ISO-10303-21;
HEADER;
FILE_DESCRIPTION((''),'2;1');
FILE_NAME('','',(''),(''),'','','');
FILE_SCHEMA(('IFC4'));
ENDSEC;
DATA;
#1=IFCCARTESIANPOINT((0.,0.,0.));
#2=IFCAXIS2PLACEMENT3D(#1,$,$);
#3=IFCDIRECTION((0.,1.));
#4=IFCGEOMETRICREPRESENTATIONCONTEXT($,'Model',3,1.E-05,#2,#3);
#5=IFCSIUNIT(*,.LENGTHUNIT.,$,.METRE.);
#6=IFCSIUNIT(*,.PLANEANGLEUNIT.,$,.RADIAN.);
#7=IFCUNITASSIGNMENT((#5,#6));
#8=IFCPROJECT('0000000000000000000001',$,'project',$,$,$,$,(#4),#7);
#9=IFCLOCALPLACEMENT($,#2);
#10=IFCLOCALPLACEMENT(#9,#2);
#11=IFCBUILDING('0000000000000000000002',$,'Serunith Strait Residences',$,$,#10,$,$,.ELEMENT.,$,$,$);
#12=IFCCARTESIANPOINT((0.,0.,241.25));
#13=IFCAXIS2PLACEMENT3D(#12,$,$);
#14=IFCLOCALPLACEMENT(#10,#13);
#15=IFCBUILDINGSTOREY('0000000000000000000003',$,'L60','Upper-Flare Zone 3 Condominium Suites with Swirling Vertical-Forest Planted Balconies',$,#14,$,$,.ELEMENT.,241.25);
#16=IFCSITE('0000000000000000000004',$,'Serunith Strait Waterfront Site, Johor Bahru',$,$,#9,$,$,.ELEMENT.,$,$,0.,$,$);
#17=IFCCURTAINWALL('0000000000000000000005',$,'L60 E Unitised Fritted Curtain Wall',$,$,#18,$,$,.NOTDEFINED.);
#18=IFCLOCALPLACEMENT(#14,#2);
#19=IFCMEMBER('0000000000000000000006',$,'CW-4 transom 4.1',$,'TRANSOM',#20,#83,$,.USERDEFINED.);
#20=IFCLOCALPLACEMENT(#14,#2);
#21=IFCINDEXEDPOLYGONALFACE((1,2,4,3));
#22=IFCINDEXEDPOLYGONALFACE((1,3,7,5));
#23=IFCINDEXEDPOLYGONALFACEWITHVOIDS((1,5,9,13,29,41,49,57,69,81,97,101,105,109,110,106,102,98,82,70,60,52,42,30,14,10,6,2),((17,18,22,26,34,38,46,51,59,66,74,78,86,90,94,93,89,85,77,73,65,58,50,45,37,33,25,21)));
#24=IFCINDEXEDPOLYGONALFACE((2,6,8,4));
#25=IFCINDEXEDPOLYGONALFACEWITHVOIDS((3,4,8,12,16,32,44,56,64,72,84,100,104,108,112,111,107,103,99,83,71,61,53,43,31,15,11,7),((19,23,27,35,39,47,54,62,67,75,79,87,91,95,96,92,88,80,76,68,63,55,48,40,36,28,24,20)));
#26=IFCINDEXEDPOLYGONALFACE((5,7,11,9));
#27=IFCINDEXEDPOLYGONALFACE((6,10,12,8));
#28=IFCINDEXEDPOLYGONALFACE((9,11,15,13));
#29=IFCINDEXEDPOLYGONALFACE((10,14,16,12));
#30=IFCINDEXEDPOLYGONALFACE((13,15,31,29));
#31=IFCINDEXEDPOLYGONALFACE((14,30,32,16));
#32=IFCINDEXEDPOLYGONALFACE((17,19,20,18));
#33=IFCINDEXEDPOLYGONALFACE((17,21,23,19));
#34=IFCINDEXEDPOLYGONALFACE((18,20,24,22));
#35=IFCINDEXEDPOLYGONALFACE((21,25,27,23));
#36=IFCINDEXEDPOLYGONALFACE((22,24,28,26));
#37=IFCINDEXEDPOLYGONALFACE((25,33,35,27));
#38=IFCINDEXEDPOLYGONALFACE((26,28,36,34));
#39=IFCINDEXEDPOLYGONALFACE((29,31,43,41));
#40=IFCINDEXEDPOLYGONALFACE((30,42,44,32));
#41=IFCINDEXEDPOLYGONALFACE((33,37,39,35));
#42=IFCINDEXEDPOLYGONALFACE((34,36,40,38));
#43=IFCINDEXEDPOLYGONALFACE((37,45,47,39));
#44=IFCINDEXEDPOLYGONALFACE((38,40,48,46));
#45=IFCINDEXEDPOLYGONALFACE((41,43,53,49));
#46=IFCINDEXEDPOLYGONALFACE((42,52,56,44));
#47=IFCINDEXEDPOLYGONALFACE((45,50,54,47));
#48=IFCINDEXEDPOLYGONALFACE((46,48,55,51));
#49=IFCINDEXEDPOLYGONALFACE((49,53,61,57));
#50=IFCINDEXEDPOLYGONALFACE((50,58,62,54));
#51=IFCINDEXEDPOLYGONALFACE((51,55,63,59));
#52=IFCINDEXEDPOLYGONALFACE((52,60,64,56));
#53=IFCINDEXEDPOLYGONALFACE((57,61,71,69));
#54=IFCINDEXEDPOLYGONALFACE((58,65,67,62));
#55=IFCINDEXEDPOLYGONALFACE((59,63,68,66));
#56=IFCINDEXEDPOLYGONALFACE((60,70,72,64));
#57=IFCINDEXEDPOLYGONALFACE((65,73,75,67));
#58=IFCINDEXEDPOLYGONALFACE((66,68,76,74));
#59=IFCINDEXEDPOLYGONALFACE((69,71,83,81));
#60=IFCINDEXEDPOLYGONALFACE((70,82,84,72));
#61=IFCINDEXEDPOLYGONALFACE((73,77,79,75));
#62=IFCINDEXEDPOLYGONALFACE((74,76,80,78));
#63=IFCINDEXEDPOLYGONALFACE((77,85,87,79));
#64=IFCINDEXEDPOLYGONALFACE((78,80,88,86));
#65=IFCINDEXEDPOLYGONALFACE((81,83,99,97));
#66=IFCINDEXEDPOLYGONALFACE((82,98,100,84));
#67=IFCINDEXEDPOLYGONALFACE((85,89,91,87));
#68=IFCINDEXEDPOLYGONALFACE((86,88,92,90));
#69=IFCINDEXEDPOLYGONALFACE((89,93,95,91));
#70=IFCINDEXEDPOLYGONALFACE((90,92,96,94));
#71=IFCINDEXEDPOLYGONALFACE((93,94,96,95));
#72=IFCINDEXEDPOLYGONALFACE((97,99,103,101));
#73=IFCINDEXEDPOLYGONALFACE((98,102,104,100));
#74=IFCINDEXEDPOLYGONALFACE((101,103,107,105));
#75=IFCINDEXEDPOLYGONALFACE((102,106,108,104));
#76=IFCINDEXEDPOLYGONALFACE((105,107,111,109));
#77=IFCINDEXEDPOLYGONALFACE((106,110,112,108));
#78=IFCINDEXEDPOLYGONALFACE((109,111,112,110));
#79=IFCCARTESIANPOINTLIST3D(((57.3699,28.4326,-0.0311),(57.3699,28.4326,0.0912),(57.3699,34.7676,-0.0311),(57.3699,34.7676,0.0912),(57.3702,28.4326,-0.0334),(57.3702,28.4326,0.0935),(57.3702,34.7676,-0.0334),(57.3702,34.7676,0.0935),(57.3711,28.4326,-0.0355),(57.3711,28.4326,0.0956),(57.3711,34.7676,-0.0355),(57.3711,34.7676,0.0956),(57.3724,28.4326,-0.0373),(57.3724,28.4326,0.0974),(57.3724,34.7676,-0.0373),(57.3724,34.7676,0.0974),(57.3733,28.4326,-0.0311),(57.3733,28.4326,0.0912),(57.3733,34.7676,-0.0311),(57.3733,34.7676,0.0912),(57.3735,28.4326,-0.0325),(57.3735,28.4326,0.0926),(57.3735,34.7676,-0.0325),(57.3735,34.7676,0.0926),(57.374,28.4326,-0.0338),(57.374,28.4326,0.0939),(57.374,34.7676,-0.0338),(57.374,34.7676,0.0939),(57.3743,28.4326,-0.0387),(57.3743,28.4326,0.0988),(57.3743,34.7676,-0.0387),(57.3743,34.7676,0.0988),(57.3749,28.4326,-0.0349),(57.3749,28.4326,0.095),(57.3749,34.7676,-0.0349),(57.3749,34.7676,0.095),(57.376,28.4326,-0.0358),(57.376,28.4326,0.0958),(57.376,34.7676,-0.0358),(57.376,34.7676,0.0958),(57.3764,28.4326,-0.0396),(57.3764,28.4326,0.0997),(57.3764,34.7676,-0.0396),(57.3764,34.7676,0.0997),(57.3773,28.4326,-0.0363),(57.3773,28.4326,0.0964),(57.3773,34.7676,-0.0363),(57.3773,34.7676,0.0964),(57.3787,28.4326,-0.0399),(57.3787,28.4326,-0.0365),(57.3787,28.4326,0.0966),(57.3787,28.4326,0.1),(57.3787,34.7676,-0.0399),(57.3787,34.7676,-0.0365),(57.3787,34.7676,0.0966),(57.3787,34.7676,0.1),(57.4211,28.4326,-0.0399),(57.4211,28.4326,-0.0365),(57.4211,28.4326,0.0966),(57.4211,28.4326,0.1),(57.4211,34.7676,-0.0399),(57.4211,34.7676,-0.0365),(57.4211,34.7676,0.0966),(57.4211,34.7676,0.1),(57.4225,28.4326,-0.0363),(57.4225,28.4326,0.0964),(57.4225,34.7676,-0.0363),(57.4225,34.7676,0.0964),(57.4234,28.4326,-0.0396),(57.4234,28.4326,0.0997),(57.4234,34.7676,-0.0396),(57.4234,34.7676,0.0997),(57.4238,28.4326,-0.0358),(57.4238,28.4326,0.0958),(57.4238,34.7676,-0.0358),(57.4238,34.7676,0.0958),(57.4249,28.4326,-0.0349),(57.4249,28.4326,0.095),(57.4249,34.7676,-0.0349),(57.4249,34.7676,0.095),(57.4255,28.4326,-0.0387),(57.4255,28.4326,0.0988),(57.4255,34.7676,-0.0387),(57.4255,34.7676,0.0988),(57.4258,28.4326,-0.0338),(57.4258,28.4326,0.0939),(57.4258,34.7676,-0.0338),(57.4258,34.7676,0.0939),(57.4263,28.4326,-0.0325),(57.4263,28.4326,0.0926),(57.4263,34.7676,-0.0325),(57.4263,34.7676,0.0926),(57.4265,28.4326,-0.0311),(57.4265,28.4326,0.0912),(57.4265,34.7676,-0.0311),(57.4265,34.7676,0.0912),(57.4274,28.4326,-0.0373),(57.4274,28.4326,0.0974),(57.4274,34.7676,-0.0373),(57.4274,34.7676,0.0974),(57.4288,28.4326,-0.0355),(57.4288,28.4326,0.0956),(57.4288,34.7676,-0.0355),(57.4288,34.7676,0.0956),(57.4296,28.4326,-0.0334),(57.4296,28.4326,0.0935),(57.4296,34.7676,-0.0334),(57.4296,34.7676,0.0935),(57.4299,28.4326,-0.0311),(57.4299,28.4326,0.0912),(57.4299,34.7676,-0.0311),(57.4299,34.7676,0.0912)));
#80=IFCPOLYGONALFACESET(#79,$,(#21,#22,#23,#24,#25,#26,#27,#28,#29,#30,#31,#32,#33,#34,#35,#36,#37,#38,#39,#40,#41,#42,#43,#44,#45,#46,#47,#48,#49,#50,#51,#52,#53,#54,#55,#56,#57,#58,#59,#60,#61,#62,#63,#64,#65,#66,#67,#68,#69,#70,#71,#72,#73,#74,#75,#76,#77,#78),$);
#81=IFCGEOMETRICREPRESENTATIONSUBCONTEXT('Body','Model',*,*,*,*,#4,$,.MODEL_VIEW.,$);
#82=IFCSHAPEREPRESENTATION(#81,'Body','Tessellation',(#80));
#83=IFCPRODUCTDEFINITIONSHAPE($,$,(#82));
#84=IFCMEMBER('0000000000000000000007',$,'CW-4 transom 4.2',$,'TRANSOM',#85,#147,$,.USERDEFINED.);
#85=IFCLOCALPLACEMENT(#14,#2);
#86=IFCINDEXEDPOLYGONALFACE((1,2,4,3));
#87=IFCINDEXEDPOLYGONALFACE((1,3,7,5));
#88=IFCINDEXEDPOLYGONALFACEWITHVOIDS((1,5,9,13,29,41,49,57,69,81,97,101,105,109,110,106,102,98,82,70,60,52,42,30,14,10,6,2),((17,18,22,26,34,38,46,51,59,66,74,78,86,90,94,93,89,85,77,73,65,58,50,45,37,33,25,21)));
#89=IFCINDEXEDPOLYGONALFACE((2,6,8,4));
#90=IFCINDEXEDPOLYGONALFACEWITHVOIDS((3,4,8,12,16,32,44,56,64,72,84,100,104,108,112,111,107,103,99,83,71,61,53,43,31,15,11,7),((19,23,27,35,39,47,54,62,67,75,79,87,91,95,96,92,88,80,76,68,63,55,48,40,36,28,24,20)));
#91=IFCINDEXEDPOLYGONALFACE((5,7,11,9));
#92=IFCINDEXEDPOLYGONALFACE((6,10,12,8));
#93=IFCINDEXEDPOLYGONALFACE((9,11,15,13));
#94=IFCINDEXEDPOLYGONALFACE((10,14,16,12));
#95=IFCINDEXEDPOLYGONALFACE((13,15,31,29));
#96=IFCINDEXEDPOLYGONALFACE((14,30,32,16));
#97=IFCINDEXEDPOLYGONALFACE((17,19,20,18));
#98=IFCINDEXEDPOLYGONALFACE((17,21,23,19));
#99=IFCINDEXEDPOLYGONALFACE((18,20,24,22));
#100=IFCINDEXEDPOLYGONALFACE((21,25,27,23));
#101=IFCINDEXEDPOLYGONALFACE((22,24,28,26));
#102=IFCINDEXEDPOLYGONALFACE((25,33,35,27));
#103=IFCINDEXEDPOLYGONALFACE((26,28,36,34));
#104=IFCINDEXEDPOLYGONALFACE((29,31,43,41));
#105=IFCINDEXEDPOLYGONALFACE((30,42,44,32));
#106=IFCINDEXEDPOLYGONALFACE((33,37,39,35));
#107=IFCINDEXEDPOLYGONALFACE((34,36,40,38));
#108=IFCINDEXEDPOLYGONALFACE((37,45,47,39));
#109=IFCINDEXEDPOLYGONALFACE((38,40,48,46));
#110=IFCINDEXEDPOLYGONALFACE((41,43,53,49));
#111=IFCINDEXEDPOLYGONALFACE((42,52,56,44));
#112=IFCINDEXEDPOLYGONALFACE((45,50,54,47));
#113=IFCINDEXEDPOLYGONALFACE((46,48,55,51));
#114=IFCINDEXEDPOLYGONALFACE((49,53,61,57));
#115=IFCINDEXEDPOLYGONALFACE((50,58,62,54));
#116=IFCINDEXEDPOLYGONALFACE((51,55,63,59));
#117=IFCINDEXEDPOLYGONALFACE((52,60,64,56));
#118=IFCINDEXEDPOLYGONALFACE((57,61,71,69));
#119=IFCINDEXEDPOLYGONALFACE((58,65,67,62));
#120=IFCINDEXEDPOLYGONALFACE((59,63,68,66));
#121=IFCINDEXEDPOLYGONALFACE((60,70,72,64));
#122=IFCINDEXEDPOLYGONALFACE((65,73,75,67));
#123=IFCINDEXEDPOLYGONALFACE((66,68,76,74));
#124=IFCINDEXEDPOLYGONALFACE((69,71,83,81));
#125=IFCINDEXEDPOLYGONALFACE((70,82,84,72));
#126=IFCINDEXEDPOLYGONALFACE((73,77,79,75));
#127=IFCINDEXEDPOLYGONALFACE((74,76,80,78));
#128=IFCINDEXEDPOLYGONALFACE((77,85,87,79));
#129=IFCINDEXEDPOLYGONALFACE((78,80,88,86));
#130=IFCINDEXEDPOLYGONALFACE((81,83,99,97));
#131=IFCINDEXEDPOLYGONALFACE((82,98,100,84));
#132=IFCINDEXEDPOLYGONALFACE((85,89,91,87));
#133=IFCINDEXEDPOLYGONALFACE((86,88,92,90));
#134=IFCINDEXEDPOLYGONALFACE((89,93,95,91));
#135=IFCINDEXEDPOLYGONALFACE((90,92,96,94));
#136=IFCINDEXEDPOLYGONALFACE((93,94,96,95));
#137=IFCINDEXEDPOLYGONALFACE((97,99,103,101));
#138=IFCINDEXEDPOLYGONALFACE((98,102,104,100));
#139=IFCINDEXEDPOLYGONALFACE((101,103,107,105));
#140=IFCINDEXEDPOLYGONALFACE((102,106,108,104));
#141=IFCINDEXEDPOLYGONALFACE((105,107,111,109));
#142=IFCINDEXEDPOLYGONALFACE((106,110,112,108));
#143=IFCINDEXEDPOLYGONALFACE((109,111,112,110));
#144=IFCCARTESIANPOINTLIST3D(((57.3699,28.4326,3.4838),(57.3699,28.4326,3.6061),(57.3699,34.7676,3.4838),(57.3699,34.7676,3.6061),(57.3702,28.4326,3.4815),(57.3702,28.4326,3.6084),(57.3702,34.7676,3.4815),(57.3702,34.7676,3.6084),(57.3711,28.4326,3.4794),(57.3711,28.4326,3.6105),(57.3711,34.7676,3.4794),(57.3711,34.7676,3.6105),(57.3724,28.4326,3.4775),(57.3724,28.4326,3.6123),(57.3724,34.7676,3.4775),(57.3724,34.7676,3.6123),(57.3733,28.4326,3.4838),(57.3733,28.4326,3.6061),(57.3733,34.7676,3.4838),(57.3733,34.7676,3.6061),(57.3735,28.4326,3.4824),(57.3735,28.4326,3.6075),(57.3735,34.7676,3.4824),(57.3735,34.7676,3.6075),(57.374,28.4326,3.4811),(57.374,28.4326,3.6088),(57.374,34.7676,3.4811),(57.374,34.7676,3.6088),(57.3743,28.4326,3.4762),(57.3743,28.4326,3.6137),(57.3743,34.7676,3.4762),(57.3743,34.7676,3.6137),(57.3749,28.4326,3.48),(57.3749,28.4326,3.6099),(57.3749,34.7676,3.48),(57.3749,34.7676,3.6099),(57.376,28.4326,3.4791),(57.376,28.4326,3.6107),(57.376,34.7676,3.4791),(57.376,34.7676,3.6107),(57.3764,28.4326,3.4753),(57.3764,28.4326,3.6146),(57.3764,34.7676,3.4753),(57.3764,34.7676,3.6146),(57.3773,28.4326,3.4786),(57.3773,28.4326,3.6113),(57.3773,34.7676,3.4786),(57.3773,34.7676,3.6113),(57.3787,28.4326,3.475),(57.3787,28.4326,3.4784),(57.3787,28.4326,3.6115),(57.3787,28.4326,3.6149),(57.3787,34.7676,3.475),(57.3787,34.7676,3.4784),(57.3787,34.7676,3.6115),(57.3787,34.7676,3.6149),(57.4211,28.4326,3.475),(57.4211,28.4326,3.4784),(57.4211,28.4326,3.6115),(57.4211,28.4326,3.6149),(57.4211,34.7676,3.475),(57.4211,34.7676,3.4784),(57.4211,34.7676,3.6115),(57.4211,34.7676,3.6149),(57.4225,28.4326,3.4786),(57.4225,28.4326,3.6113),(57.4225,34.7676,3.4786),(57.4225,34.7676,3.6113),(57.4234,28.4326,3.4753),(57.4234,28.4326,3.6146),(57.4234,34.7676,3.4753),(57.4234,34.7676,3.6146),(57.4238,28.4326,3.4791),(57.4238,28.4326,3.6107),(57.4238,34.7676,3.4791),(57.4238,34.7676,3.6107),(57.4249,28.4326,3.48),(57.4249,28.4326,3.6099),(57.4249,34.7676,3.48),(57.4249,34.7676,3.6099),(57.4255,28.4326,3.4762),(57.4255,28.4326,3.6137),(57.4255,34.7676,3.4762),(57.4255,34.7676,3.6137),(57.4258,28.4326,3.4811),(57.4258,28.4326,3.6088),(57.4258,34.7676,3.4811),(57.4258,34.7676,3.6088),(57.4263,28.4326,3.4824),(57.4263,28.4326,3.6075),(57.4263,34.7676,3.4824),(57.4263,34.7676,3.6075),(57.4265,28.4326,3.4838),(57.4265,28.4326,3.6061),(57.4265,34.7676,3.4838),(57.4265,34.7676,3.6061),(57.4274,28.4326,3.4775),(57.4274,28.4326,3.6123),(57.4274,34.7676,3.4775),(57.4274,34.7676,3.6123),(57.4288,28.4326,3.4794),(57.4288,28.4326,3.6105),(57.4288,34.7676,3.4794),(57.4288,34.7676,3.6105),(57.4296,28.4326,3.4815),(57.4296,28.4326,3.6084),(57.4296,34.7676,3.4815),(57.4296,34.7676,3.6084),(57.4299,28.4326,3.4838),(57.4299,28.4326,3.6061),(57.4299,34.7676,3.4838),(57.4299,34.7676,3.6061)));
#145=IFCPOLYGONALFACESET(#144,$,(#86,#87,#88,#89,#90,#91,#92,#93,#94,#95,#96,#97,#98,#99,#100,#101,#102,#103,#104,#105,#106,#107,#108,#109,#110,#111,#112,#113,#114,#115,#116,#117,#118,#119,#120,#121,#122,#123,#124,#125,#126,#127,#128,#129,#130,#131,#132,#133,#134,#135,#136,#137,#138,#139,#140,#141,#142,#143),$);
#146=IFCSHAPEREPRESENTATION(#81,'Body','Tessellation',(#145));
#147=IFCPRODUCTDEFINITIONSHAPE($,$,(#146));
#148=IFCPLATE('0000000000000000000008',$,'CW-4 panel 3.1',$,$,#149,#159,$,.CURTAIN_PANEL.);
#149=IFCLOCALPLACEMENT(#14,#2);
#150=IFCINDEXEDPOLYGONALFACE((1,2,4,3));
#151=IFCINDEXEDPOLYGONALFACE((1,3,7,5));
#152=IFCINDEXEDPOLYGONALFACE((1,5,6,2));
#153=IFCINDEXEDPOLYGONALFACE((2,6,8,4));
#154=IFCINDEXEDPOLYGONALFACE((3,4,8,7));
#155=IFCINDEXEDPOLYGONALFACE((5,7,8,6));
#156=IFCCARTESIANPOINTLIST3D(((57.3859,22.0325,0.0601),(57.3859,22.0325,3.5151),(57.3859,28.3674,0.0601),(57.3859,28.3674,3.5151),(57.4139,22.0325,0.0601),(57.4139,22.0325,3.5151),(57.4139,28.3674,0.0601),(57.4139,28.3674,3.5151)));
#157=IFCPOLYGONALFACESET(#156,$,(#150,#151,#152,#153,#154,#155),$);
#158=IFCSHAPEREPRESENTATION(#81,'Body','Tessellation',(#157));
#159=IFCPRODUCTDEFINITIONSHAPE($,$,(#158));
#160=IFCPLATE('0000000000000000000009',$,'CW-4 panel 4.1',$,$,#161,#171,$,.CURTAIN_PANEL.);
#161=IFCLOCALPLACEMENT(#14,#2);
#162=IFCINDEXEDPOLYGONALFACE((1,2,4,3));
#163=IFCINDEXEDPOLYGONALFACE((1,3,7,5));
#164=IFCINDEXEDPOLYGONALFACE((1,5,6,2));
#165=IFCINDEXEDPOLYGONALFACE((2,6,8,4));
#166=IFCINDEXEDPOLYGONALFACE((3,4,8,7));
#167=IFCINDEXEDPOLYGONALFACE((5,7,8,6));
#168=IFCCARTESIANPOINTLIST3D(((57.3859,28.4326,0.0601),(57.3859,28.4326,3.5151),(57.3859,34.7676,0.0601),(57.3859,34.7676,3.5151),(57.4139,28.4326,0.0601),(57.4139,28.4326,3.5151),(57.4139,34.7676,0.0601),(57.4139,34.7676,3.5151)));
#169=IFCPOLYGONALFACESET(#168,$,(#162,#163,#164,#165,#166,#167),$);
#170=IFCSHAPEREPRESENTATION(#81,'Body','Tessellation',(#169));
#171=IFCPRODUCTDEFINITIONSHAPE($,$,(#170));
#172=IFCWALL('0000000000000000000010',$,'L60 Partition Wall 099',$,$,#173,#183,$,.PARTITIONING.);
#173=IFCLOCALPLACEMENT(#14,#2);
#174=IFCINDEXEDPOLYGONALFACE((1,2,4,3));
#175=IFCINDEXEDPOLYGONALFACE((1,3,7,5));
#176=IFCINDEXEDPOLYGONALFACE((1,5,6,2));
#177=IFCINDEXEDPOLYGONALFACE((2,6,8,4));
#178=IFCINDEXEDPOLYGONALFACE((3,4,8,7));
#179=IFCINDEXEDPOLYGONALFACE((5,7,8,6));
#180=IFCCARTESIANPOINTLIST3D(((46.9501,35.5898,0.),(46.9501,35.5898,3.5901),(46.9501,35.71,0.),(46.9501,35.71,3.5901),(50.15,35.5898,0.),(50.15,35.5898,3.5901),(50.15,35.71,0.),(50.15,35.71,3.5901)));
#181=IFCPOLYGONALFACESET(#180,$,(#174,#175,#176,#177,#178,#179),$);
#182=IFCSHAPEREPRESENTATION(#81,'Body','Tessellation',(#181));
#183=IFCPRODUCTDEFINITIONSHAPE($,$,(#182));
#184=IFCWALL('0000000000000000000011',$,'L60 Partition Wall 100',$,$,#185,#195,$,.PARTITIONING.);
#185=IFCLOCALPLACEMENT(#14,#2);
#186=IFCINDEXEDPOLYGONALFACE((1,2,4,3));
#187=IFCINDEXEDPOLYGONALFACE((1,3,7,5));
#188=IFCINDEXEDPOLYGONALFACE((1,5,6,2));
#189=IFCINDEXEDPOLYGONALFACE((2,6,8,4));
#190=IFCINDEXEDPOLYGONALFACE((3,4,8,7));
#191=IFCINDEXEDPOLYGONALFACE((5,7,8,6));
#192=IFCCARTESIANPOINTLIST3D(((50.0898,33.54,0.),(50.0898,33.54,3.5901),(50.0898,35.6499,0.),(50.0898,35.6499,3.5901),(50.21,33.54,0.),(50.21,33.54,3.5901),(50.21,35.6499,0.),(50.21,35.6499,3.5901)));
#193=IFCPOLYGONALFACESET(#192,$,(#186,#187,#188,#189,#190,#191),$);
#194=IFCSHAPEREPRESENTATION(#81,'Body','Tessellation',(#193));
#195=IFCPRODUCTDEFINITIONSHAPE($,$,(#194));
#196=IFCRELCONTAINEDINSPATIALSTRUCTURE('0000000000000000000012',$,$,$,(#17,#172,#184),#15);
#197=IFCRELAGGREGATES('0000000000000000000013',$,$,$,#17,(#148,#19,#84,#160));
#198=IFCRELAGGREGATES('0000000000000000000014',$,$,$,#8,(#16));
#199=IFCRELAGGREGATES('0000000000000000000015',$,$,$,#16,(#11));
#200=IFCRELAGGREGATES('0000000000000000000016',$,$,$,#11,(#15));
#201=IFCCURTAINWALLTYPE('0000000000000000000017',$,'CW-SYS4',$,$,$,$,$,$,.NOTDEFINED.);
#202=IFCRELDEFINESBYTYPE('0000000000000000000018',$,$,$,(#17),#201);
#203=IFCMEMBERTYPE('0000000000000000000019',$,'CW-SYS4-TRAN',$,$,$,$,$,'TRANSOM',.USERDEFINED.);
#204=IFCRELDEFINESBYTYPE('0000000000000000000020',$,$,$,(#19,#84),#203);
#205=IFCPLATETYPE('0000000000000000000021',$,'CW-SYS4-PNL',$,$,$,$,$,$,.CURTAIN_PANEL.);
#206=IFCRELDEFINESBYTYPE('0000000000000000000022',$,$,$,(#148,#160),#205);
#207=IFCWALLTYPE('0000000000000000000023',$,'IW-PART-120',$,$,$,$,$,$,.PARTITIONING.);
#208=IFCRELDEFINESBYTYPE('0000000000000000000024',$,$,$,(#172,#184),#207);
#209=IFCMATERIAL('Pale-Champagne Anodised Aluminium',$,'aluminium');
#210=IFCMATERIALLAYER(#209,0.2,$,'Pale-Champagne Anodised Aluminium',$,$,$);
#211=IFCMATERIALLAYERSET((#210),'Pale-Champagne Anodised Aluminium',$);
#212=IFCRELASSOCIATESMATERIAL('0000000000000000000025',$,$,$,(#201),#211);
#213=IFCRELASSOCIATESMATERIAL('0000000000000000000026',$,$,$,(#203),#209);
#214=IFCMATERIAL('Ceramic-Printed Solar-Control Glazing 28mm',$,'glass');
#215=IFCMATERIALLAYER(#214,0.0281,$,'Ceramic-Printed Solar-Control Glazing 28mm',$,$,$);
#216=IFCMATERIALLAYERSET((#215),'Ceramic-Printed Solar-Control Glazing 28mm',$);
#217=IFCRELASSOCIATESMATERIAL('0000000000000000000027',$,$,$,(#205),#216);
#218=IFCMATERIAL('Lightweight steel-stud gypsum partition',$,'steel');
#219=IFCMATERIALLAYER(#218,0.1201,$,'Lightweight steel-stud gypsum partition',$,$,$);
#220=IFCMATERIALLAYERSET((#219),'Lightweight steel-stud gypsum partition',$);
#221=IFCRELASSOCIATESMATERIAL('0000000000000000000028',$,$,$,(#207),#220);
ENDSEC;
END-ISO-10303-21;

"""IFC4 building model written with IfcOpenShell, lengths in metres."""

from ifc_helpers import new_model, si_unit, direction, frame, frame_2d, origin, origin_2d, place, context, subcontext, project, spatial, rectangle, hollow_rectangle, extrude, source, transform, mapped, material, layer, layer_set, material_profile, profile_set, type_object, element, aggregate, save


model = new_model("IFC4")

# Units and contexts
model_context = context("Model", 3, precision=1e-05, world=origin(), true_north=direction((0.0, 1.0)))
body_context = subcontext(model_context, "Body", "Model", "MODEL_VIEW")
ifc_project = project(units=[si_unit("LENGTHUNIT", "METRE"), si_unit("PLANEANGLEUNIT", "RADIAN")], contexts=[model_context])

# Site, building, storey
site_placement = place(None, origin())
site = spatial("IfcSite", under=ifc_project, at=site_placement, Name="Serunith Strait Waterfront Site, Johor Bahru", CompositionType="ELEMENT", RefElevation=0.0)
building_placement = place(site_placement, origin())
building = spatial("IfcBuilding", under=site, at=building_placement, Name="Serunith Strait Residences", CompositionType="ELEMENT")
storey_placement = place(building_placement, frame((0.0, 0.0, 241.25)))
storey = spatial("IfcBuildingStorey", under=building, at=storey_placement, Name="L60", Description="Upper-Flare Zone 3 Condominium Suites with Swirling Vertical-Forest Planted Balconies", CompositionType="ELEMENT", Elevation=241.25)

# Curtain wall, members, plates
ifc_material_1 = material(Name="Pale-Champagne Anodised Aluminium", Category="aluminium")
ifc_layer_1 = layer(ifc_material_1, 0.2, Name="Pale-Champagne Anodised Aluminium")
ifc_layer_set_1 = layer_set([ifc_layer_1], Name="Pale-Champagne Anodised Aluminium")
curtain_wall_type = type_object("IfcCurtainWallType", Name="CW-SYS4", PredefinedType="NOTDEFINED", material=ifc_layer_set_1)
curtain_wall_placement = place(storey_placement, origin())
curtain_wall = element("IfcCurtainWall", 1, at=curtain_wall_placement, inside=storey, type_object=curtain_wall_type, Name="L60 E Unitised Fritted Curtain Wall", PredefinedType="NOTDEFINED")
ifc_material_profile_1 = material_profile(ifc_material_1, hollow_rectangle(XDim=0.0601, YDim=0.1399, WallThickness=0.0034, InnerFilletRadius=0.0054, OuterFilletRadius=0.0088, at=origin_2d()), Name="ALU 140x60x3.5")
ifc_profile_set_1 = profile_set([ifc_material_profile_1], Name="Pale-Champagne Anodised Aluminium")
member_type_1 = type_object("IfcMemberType", Name="CW-SYS4-TRAN", ElementType="TRANSOM", PredefinedType="USERDEFINED", material=ifc_profile_set_1)
shared_shape_1 = source(origin(), body_context, "Body", "SweptSolid", [
    extrude(hollow_rectangle(XDim=0.0601, YDim=0.1399, WallThickness=0.0034, InnerFilletRadius=0.0054, OuterFilletRadius=0.0088, at=origin_2d()), origin(), (0.0, 0.0, 1.0), 6.335),
])
member_1_placement = place(storey_placement, frame((57.3999, 28.4326, 0.03), z_axis=(0.0, 1.0, 0.0), x_axis=(-1.0, 0.0, 0.0)))
member_1 = element("IfcMember", 2, at=member_1_placement, type_object=member_type_1, Name="CW-4 transom 4.1", ObjectType="TRANSOM", PredefinedType="USERDEFINED", context=body_context, shape_type="MappedRepresentation", body=[
    mapped(shared_shape_1, transform((0.0, 0.0, 0.0), scale=1.0)),
])
member_2_placement = place(storey_placement, frame((57.3999, 28.4326, 3.5449), z_axis=(0.0, 1.0, 0.0), x_axis=(-1.0, 0.0, 0.0)))
member_2 = element("IfcMember", 3, at=member_2_placement, type_object=member_type_1, Name="CW-4 transom 4.2", ObjectType="TRANSOM", PredefinedType="USERDEFINED", context=body_context, shape_type="MappedRepresentation", body=[
    mapped(shared_shape_1, transform((0.0, 0.0, 0.0), scale=1.0)),
])
ifc_material_2 = material(Name="Ceramic-Printed Solar-Control Glazing 28mm", Category="glass")
ifc_layer_2 = layer(ifc_material_2, 0.0281, Name="Ceramic-Printed Solar-Control Glazing 28mm")
ifc_layer_set_2 = layer_set([ifc_layer_2], Name="Ceramic-Printed Solar-Control Glazing 28mm")
plate_type = type_object("IfcPlateType", Name="CW-SYS4-PNL", PredefinedType="CURTAIN_PANEL", material=ifc_layer_set_2)
shared_shape_2 = source(origin(), body_context, "Body", "SweptSolid", [
    extrude(rectangle(XDim=6.335, YDim=0.0281, at=origin_2d()), origin(), (0.0, 0.0, 1.0), 3.4551),
])
plate_1_placement = place(storey_placement, frame((57.3999, 25.2, 0.0601), z_axis=(0.0, 0.0, 1.0), x_axis=(0.0, 1.0, 0.0)))
plate_1 = element("IfcPlate", 4, at=plate_1_placement, type_object=plate_type, Name="CW-4 panel 3.1", PredefinedType="CURTAIN_PANEL", context=body_context, shape_type="MappedRepresentation", body=[
    mapped(shared_shape_2, transform((0.0, 0.0, 0.0), scale=1.0)),
])
plate_2_placement = place(storey_placement, frame((57.3999, 31.6001, 0.0601), z_axis=(0.0, 0.0, 1.0), x_axis=(0.0, 1.0, 0.0)))
plate_2 = element("IfcPlate", 5, at=plate_2_placement, type_object=plate_type, Name="CW-4 panel 4.1", PredefinedType="CURTAIN_PANEL", context=body_context, shape_type="MappedRepresentation", body=[
    mapped(shared_shape_2, transform((0.0, 0.0, 0.0), scale=1.0)),
])
aggregate(curtain_wall, [plate_1, member_1, member_2, plate_2])

# Walls
ifc_material_3 = material(Name="Lightweight steel-stud gypsum partition", Category="steel")
ifc_layer_3 = layer(ifc_material_3, 0.1201, Name="Lightweight steel-stud gypsum partition")
ifc_layer_set_3 = layer_set([ifc_layer_3], Name="Lightweight steel-stud gypsum partition")
wall_type_1 = type_object("IfcWallType", Name="IW-PART-120", PredefinedType="PARTITIONING", material=ifc_layer_set_3)
wall_1_placement = place(storey_placement, frame((46.95, 35.6499, 0.0), z_axis=(0.0, 0.0, 1.0), x_axis=(1.0, 0.0, 0.0)))
element("IfcWall", 6, at=wall_1_placement, inside=storey, type_object=wall_type_1, Name="L60 Partition Wall 099", PredefinedType="PARTITIONING", context=body_context, shape_type="SweptSolid", body=[
    extrude(rectangle(XDim=3.2, YDim=0.1201, at=frame_2d((1.6001, 0.0))), origin(), (0.0, 0.0, 1.0), 3.5901),
])
wall_2_placement = place(storey_placement, frame((50.1499, 35.6499, 0.0), z_axis=(0.0, 0.0, 1.0), x_axis=(0.0, -1.0, 0.0)))
element("IfcWall", 7, at=wall_2_placement, inside=storey, type_object=wall_type_1, Name="L60 Partition Wall 100", PredefinedType="PARTITIONING", context=body_context, shape_type="SweptSolid", body=[
    extrude(rectangle(XDim=2.1099, YDim=0.1201, at=frame_2d((1.0549, 0.0))), origin(), (0.0, 0.0, 1.0), 3.5901),
])

save(model, "model.ifc")
